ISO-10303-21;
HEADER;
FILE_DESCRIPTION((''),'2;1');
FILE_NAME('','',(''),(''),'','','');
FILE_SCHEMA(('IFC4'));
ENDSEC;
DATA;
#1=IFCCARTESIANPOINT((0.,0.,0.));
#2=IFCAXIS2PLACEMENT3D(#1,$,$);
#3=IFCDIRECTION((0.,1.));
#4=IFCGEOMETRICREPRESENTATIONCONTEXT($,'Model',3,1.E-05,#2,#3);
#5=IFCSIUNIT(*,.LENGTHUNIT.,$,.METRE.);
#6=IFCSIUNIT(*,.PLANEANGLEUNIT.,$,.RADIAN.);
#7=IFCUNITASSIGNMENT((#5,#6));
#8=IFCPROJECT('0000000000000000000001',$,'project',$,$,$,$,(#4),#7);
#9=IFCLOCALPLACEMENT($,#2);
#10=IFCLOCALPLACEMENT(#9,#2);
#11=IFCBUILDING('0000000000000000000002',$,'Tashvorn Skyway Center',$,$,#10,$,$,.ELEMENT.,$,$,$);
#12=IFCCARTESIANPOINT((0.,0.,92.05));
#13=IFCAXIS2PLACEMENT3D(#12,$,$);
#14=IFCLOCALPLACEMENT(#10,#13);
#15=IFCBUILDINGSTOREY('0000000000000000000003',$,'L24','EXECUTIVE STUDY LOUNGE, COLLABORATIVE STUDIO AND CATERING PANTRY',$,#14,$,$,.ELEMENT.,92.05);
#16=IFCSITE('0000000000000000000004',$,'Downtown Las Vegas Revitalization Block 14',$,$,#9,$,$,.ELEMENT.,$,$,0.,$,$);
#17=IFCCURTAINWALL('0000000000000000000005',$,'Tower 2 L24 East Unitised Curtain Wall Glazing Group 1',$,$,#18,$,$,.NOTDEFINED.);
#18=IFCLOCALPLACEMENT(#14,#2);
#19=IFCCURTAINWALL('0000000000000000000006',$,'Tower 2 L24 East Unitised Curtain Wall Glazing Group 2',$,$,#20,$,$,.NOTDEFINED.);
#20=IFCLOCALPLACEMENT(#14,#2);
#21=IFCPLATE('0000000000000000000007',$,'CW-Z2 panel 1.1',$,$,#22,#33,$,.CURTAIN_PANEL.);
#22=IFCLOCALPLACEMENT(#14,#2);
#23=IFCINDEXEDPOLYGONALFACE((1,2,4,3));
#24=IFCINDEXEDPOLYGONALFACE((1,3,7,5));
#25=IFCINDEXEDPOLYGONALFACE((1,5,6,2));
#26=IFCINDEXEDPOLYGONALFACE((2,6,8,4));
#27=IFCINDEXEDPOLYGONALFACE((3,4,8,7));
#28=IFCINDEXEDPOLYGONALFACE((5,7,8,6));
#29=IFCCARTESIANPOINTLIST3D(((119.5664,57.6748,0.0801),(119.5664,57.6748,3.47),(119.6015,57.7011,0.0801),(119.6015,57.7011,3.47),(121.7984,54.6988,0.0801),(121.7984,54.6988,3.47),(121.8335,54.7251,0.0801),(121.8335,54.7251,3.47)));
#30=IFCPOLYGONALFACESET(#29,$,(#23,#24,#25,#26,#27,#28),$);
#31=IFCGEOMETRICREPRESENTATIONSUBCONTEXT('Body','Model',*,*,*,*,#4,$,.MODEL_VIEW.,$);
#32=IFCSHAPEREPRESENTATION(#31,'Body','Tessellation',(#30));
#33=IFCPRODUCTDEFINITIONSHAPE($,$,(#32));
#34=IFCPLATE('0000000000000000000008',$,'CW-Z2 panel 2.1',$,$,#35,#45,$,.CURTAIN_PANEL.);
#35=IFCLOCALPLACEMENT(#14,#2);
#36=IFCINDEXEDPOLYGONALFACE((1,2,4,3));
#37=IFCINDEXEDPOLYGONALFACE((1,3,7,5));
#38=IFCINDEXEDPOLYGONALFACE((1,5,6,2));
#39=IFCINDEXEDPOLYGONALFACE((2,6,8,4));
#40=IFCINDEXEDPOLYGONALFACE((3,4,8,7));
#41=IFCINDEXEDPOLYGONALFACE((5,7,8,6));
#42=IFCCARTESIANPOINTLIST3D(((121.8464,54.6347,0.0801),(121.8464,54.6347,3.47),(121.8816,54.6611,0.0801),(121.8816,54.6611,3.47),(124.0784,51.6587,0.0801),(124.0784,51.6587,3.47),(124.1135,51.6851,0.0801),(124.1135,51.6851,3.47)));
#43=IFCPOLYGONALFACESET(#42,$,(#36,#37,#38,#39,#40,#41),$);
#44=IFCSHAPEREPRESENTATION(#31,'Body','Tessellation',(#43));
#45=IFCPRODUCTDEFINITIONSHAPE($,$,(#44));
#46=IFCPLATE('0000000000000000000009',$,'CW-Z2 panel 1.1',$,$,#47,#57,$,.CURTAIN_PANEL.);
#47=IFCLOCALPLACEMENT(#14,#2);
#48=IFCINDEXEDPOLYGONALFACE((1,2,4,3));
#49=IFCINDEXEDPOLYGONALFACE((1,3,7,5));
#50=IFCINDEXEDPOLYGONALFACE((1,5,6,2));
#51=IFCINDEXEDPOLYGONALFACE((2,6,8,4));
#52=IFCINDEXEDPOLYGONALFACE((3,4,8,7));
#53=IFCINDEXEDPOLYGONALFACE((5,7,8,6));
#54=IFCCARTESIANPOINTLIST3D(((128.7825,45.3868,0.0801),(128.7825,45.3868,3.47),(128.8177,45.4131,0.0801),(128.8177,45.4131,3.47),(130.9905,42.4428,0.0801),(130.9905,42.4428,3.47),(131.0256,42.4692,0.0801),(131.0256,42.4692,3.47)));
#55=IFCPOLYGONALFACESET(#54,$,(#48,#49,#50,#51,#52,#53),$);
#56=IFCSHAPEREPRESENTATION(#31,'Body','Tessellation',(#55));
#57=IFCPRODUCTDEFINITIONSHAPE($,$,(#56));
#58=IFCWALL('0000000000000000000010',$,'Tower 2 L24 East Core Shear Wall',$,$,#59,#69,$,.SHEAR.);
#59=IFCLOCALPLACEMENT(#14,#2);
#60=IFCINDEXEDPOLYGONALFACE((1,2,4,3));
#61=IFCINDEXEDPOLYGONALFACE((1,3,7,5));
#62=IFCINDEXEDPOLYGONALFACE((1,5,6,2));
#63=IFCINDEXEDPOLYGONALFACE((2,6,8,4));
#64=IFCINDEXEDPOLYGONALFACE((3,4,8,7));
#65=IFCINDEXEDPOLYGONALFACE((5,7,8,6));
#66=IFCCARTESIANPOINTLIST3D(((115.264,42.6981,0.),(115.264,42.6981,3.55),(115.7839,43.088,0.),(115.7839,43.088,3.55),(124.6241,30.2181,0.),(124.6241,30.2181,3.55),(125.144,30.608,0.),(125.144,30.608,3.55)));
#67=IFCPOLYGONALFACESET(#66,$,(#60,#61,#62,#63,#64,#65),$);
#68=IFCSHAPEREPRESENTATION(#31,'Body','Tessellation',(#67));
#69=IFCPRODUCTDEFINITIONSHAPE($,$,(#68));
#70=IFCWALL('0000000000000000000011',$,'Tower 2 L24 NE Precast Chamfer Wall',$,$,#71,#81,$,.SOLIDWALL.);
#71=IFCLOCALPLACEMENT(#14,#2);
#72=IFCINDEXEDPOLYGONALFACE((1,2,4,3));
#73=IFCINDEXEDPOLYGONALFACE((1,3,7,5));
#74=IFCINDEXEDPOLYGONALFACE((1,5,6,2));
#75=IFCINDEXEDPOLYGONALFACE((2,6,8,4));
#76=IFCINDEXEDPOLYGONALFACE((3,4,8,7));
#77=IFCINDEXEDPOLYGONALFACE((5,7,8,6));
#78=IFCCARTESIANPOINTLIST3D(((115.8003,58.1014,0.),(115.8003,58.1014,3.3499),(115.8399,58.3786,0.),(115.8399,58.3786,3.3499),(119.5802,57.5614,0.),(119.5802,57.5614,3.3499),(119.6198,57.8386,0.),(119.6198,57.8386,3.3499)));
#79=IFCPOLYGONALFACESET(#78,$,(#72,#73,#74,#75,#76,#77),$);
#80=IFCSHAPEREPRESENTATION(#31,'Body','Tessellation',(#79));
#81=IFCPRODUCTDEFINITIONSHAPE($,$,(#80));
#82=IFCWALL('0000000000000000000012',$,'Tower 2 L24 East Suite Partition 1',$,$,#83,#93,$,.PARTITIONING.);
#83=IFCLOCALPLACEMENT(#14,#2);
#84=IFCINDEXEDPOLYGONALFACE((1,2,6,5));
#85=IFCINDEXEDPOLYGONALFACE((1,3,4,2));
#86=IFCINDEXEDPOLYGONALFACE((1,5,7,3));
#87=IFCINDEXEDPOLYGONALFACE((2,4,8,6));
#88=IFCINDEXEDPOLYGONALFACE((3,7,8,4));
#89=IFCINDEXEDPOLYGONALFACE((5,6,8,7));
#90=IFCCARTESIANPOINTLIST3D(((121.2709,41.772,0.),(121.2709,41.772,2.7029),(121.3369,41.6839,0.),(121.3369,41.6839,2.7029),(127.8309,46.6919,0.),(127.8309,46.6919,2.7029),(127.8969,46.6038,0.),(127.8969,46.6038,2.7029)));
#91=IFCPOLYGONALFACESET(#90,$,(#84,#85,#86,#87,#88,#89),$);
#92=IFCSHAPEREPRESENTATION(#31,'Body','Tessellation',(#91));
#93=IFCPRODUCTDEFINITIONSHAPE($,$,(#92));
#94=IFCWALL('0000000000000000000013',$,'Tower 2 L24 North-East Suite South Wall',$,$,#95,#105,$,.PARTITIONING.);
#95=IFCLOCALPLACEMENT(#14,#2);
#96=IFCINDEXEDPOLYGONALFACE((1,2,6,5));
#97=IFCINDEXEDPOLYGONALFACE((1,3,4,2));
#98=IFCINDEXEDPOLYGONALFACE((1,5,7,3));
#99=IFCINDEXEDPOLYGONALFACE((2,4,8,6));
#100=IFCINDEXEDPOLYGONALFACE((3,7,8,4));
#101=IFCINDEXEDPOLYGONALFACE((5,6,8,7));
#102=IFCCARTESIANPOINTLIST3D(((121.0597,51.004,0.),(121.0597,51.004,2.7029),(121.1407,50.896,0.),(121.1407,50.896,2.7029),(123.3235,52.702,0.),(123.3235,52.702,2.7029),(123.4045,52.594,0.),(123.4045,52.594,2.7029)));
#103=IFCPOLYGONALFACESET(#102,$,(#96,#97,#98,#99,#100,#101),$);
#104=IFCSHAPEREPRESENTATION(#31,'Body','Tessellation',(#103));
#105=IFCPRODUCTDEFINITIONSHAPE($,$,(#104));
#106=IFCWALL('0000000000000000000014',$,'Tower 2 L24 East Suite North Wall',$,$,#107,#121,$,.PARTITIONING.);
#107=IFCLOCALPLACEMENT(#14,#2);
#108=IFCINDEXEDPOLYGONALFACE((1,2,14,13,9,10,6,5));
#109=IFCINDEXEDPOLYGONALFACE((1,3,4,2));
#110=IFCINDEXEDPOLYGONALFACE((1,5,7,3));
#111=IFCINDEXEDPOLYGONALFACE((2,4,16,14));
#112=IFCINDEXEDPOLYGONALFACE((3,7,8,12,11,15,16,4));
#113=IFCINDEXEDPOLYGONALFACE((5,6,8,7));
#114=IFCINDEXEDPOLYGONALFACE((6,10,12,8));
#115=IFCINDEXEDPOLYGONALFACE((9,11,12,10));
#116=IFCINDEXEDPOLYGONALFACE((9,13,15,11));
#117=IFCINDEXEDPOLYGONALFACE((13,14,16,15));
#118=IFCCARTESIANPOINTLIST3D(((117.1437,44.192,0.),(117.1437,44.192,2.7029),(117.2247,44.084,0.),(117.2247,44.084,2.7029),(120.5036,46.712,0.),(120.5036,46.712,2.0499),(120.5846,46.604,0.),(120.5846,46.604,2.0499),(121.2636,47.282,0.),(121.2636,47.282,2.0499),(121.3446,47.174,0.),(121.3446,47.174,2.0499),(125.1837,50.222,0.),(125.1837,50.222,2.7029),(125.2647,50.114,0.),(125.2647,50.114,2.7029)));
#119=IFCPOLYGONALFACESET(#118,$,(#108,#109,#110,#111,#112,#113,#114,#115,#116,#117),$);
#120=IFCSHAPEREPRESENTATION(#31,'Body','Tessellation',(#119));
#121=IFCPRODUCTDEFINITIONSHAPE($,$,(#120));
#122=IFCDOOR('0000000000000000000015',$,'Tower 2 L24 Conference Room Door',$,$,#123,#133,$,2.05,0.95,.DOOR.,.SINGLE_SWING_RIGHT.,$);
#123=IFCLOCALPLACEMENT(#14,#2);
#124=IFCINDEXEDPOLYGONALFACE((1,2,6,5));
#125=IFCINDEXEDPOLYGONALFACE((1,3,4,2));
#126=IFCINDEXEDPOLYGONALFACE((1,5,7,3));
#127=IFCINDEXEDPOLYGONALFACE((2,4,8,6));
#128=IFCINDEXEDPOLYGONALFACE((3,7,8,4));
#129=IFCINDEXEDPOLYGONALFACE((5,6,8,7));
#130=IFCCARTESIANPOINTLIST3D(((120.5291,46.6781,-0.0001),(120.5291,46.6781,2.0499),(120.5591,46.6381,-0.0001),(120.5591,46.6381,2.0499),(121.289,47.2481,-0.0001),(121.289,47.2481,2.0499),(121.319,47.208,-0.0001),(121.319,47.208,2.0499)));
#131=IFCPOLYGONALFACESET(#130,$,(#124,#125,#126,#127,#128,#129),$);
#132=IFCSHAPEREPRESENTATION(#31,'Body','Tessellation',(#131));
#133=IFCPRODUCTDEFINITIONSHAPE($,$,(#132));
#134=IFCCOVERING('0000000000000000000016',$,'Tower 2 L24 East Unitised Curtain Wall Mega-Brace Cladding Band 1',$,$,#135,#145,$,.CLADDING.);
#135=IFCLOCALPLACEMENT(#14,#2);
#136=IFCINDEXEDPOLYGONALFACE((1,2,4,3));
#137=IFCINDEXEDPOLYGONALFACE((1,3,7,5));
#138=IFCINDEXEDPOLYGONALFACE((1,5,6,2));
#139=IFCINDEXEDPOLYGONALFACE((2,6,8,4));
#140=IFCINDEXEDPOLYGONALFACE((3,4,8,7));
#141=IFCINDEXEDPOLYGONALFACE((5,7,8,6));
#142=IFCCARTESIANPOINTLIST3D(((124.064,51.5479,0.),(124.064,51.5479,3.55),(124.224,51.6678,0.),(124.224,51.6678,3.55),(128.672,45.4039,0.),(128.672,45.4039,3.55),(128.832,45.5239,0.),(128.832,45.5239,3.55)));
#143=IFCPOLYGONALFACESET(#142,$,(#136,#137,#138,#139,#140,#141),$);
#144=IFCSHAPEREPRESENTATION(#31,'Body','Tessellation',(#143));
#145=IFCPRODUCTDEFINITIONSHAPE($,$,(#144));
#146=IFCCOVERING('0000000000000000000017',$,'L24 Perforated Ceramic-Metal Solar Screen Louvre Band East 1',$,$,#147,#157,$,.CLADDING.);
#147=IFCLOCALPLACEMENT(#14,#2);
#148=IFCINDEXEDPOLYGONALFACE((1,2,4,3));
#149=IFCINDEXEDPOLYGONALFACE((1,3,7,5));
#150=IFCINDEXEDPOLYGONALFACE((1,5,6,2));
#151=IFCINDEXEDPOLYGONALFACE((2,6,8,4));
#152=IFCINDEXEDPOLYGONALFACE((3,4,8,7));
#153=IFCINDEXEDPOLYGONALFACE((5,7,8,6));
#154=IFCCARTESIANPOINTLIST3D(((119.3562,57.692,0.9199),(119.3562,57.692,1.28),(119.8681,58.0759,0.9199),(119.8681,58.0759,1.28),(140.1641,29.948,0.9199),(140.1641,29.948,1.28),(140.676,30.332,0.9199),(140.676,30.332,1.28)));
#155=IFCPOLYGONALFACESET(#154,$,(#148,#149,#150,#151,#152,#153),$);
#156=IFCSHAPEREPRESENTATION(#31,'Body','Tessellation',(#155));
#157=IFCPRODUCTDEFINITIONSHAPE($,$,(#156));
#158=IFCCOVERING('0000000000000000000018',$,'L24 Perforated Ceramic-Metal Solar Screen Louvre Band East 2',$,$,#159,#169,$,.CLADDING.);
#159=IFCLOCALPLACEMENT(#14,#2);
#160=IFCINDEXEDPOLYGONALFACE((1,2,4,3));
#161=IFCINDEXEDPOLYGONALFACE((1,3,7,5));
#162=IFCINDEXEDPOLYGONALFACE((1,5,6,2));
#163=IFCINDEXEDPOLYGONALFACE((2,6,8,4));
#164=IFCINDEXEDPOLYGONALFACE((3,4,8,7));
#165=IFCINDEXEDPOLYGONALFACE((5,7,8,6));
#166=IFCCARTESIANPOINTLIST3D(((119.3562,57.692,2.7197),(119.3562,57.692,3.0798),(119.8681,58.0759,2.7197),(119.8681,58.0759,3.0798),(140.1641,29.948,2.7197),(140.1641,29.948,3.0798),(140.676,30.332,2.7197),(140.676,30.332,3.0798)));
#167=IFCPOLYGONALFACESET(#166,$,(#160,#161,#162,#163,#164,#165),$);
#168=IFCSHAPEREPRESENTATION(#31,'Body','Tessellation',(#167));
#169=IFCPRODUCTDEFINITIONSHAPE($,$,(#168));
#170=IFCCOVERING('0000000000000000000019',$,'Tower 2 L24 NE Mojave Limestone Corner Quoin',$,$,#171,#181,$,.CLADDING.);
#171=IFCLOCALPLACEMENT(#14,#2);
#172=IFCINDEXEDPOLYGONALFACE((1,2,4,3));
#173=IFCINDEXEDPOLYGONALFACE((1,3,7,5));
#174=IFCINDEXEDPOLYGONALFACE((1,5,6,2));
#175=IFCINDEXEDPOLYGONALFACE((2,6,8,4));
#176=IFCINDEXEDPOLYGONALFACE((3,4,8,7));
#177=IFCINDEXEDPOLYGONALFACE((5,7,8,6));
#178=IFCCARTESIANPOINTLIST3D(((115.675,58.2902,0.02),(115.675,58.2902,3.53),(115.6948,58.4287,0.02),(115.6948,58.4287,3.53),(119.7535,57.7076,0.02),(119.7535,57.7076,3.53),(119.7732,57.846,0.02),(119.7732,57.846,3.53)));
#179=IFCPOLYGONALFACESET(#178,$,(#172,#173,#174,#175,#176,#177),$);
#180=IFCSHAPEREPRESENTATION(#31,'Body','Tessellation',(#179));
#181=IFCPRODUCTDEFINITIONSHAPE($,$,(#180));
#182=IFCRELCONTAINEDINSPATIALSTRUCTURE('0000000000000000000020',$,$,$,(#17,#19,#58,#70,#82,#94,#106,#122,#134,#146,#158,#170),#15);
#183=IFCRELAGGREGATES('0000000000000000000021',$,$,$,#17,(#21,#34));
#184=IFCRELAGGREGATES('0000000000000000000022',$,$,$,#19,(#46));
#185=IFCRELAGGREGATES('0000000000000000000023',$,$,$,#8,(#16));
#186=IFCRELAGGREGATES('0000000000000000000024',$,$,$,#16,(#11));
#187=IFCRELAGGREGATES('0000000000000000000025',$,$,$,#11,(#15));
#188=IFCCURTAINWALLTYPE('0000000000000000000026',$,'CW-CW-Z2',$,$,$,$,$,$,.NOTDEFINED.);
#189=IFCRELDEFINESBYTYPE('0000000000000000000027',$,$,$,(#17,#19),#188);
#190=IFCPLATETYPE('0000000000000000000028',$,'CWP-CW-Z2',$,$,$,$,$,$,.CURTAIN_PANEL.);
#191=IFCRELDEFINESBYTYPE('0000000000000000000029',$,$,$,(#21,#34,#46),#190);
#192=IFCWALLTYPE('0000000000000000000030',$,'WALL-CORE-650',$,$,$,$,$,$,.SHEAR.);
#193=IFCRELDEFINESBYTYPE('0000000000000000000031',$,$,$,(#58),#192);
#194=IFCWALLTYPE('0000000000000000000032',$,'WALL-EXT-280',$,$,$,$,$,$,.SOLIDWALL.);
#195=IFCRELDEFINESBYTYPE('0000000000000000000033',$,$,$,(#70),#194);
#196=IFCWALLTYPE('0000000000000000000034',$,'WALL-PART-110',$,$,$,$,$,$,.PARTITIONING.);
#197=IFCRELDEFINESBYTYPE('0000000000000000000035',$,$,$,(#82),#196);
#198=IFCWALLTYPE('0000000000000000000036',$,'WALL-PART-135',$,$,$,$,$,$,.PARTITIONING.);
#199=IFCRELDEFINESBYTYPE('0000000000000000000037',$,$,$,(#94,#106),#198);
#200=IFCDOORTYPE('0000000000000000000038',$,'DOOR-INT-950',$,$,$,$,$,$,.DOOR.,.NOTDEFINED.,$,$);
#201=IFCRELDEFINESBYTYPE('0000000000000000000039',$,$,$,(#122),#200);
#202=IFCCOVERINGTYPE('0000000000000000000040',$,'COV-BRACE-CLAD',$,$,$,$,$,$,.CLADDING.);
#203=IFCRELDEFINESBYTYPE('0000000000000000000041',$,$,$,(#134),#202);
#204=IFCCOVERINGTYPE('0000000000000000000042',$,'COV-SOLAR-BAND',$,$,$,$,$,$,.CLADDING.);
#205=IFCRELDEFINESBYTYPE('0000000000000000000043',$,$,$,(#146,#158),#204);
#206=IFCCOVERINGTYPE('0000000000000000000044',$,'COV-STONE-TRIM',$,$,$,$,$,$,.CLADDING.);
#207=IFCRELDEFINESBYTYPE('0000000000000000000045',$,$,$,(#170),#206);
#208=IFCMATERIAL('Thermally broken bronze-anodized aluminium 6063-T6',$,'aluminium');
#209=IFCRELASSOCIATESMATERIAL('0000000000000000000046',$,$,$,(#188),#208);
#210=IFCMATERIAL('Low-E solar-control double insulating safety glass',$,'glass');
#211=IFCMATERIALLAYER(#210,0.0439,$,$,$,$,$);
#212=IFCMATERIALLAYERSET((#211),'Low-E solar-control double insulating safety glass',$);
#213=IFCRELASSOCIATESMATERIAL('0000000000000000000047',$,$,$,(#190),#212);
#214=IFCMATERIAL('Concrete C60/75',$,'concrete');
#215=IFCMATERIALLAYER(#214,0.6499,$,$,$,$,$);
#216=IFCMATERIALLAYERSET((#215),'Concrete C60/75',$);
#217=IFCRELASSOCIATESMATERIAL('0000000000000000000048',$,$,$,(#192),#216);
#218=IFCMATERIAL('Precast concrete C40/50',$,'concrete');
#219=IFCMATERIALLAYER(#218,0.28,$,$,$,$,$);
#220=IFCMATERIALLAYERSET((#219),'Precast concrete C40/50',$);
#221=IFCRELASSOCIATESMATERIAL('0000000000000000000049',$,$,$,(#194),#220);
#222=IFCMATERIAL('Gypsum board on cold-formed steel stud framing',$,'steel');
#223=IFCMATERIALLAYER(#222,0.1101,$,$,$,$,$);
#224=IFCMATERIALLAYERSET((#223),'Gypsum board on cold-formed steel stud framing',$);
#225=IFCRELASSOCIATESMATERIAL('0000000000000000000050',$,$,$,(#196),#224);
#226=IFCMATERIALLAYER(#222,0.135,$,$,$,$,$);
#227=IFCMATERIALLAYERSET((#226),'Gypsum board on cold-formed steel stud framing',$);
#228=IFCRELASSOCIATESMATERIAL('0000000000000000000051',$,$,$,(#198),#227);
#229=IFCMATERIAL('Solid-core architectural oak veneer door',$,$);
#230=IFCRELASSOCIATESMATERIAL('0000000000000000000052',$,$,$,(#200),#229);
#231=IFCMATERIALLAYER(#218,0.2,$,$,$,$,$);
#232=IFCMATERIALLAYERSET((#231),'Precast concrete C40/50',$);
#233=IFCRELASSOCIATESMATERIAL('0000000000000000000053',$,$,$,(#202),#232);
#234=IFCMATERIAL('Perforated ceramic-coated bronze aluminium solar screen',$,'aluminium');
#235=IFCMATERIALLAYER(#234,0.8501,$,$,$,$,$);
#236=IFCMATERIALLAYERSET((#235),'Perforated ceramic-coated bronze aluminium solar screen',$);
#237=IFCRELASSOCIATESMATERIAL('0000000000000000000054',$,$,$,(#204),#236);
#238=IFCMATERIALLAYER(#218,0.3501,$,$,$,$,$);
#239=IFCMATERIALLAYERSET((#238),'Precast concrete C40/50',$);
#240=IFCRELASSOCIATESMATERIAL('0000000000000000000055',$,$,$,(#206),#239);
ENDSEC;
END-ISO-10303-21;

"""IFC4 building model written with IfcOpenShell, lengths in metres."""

from ifc_helpers import new_model, si_unit, direction, frame, frame_2d, origin, origin_2d, place, context, subcontext, project, spatial, rectangle, extrude, material, layer, layer_set, type_object, element, fill, aggregate, save


model = new_model("IFC4")

# Units and contexts
model_context = context("Model", 3, precision=1e-05, world=origin(), true_north=direction((0.0, 1.0)))
body_context = subcontext(model_context, "Body", "Model", "MODEL_VIEW")
ifc_project = project(units=[si_unit("LENGTHUNIT", "METRE"), si_unit("PLANEANGLEUNIT", "RADIAN")], contexts=[model_context])

# Site, building, storey
site_placement = place(None, origin())
site = spatial("IfcSite", under=ifc_project, at=site_placement, Name="Downtown Las Vegas Revitalization Block 14", CompositionType="ELEMENT", RefElevation=0.0)
building_placement = place(site_placement, origin())
building = spatial("IfcBuilding", under=site, at=building_placement, Name="Tashvorn Skyway Center", CompositionType="ELEMENT")
storey_placement = place(building_placement, frame((0.0, 0.0, 92.05)))
storey = spatial("IfcBuildingStorey", under=building, at=storey_placement, Name="L24", Description="EXECUTIVE STUDY LOUNGE, COLLABORATIVE STUDIO AND CATERING PANTRY", CompositionType="ELEMENT", Elevation=92.05)

# Shared definitions
ifc_material_1 = material(Name="Thermally broken bronze-anodized aluminium 6063-T6", Category="aluminium")
curtain_wall_type = type_object("IfcCurtainWallType", Name="CW-CW-Z2", PredefinedType="NOTDEFINED", material=ifc_material_1)

# Curtain walls
curtain_wall_1_placement = place(storey_placement, origin())
curtain_wall_1 = element("IfcCurtainWall", 1, at=curtain_wall_1_placement, inside=storey, type_object=curtain_wall_type, Name="Tower 2 L24 East Unitised Curtain Wall Glazing Group 1", PredefinedType="NOTDEFINED")
curtain_wall_2_placement = place(storey_placement, origin())
curtain_wall_2 = element("IfcCurtainWall", 2, at=curtain_wall_2_placement, inside=storey, type_object=curtain_wall_type, Name="Tower 2 L24 East Unitised Curtain Wall Glazing Group 2", PredefinedType="NOTDEFINED")

# Plates
ifc_material_2 = material(Name="Low-E solar-control double insulating safety glass", Category="glass")
ifc_layer_1 = layer(ifc_material_2, 0.0439)
ifc_layer_set_1 = layer_set([ifc_layer_1], Name="Low-E solar-control double insulating safety glass")
plate_type = type_object("IfcPlateType", Name="CWP-CW-Z2", PredefinedType="CURTAIN_PANEL", material=ifc_layer_set_1)
plate_1_placement = place(storey_placement, frame((120.7, 56.2, 0.0801), z_axis=(0.0, 0.0, 1.0), x_axis=(0.6, -0.8, 0.0)))
plate_1 = element("IfcPlate", 3, at=plate_1_placement, type_object=plate_type, Name="CW-Z2 panel 1.1", PredefinedType="CURTAIN_PANEL", context=body_context, shape_type="SweptSolid", body=[
    extrude(rectangle(XDim=3.72, YDim=0.0439, at=origin_2d()), origin(), (0.0, 0.0, 1.0), 3.3899),
])
plate_2_placement = place(storey_placement, frame((122.98, 53.1599, 0.0801), z_axis=(0.0, 0.0, 1.0), x_axis=(0.6, -0.8, 0.0)))
plate_2 = element("IfcPlate", 4, at=plate_2_placement, type_object=plate_type, Name="CW-Z2 panel 2.1", PredefinedType="CURTAIN_PANEL", context=body_context, shape_type="SweptSolid", body=[
    extrude(rectangle(XDim=3.72, YDim=0.0439, at=origin_2d()), origin(), (0.0, 0.0, 1.0), 3.3899),
])
aggregate(curtain_wall_1, [plate_1, plate_2])
plate_3_placement = place(storey_placement, frame((129.9041, 43.928, 0.0801), z_axis=(0.0, 0.0, 1.0), x_axis=(0.6, -0.8, 0.0)))
plate_3 = element("IfcPlate", 5, at=plate_3_placement, type_object=plate_type, Name="CW-Z2 panel 1.1", PredefinedType="CURTAIN_PANEL", context=body_context, shape_type="SweptSolid", body=[
    extrude(rectangle(XDim=3.6799, YDim=0.0439, at=origin_2d()), origin(), (0.0, 0.0, 1.0), 3.3899),
])
aggregate(curtain_wall_2, [plate_3])

# Walls
ifc_material_3 = material(Name="Concrete C60/75", Category="concrete")
ifc_layer_2 = layer(ifc_material_3, 0.6499)
ifc_layer_set_2 = layer_set([ifc_layer_2], Name="Concrete C60/75")
wall_type_1 = type_object("IfcWallType", Name="WALL-CORE-650", PredefinedType="SHEAR", material=ifc_layer_set_2)
wall_1_placement = place(storey_placement, frame((115.5239, 42.8931, 0.0), z_axis=(0.0, 0.0, 1.0), x_axis=(0.600005, -0.799996, 0.0)))
element("IfcWall", 6, at=wall_1_placement, inside=storey, type_object=wall_type_1, Name="Tower 2 L24 East Core Shear Wall", PredefinedType="SHEAR", context=body_context, shape_type="SweptSolid", body=[
    extrude(rectangle(XDim=15.6001, YDim=0.6499, at=frame_2d((7.8, 0.0))), origin(), (0.0, 0.0, 1.0), 3.55),
])
ifc_material_4 = material(Name="Precast concrete C40/50", Category="concrete")
ifc_layer_3 = layer(ifc_material_4, 0.28)
ifc_layer_set_3 = layer_set([ifc_layer_3], Name="Precast concrete C40/50")
wall_type_2 = type_object("IfcWallType", Name="WALL-EXT-280", PredefinedType="SOLIDWALL", material=ifc_layer_set_3)
wall_2_placement = place(storey_placement, frame((115.8201, 58.24, 0.0), z_axis=(0.0, 0.0, 1.0), x_axis=(0.989948, -0.14143, 0.0)))
element("IfcWall", 7, at=wall_2_placement, inside=storey, type_object=wall_type_2, Name="Tower 2 L24 NE Precast Chamfer Wall", PredefinedType="SOLIDWALL", context=body_context, shape_type="SweptSolid", body=[
    extrude(rectangle(XDim=3.8184, YDim=0.28, at=frame_2d((1.9092, 0.0))), origin(), (0.0, 0.0, 1.0), 3.3499),
])
ifc_material_5 = material(Name="Gypsum board on cold-formed steel stud framing", Category="steel")
ifc_layer_4 = layer(ifc_material_5, 0.1101)
ifc_layer_set_4 = layer_set([ifc_layer_4], Name="Gypsum board on cold-formed steel stud framing")
wall_type_3 = type_object("IfcWallType", Name="WALL-PART-110", PredefinedType="PARTITIONING", material=ifc_layer_set_4)
wall_3_placement = place(storey_placement, frame((127.864, 46.6479, 0.0), z_axis=(0.0, 0.0, 1.0), x_axis=(-0.800007, -0.59999, 0.0)))
element("IfcWall", 8, at=wall_3_placement, inside=storey, type_object=wall_type_3, Name="Tower 2 L24 East Suite Partition 1", PredefinedType="PARTITIONING", context=body_context, shape_type="SweptSolid", body=[
    extrude(rectangle(XDim=8.2, YDim=0.1101, at=frame_2d((4.1001, 0.0))), origin(), (0.0, 0.0, 1.0), 2.7029),
])
ifc_layer_5 = layer(ifc_material_5, 0.135)
ifc_layer_set_5 = layer_set([ifc_layer_5], Name="Gypsum board on cold-formed steel stud framing")
wall_type_4 = type_object("IfcWallType", Name="WALL-PART-135", PredefinedType="PARTITIONING", material=ifc_layer_set_5)
wall_4_placement = place(storey_placement, frame((121.1001, 50.95, 0.0), z_axis=(0.0, 0.0, 1.0), x_axis=(0.79999, 0.600014, 0.0)))
element("IfcWall", 9, at=wall_4_placement, inside=storey, type_object=wall_type_4, Name="Tower 2 L24 North-East Suite South Wall", PredefinedType="PARTITIONING", context=body_context, shape_type="SweptSolid", body=[
    extrude(rectangle(XDim=2.8298, YDim=0.135, at=frame_2d((1.415, 0.0))), origin(), (0.0, 0.0, 1.0), 2.7029),
])

# Wall, opening, door
wall_5_placement = place(storey_placement, frame((125.2241, 50.168, 0.0), z_axis=(0.0, 0.0, 1.0), x_axis=(-0.8, -0.6, 0.0)))
wall_5 = element("IfcWall", 10, at=wall_5_placement, inside=storey, type_object=wall_type_4, Name="Tower 2 L24 East Suite North Wall", PredefinedType="PARTITIONING", context=body_context, shape_type="SweptSolid", body=[
    extrude(rectangle(XDim=10.05, YDim=0.135, at=frame_2d((5.0249, 0.0))), origin(), (0.0, 0.0, 1.0), 2.7029),
])
opening_placement = place(wall_5_placement, frame((4.8999, 0.0, 0.0)))
opening = element("IfcOpeningElement", 11, at=opening_placement, cuts=wall_5, PredefinedType="OPENING", context=body_context, shape_type="SweptSolid", body=[
    extrude(rectangle(XDim=0.95, YDim=2.05, at=frame_2d((0.4751, 1.0249))), frame((0.0, 0.0774, 0.0), z_axis=(0.0, -1.0, 0.0), x_axis=(1.0, 0.0, 0.0)), (0.0, 0.0, 1.0), 0.155),
])
ifc_material_6 = material(Name="Solid-core architectural oak veneer door")
door_type = type_object("IfcDoorType", Name="DOOR-INT-950", OperationType="NOTDEFINED", PredefinedType="DOOR", material=ifc_material_6)
door_placement = place(opening_placement, origin())
door = element("IfcDoor", 12, at=door_placement, inside=storey, type_object=door_type, Name="Tower 2 L24 Conference Room Door", OperationType="SINGLE_SWING_RIGHT", OverallHeight=2.05, OverallWidth=0.95, PredefinedType="DOOR", context=body_context, shape_type="SweptSolid", body=[
    extrude(rectangle(XDim=0.95, YDim=2.05, at=frame_2d((0.4751, 1.0249))), frame((0.0, 0.0249, 0.0), z_axis=(0.0, -1.0, 0.0), x_axis=(1.0, 0.0, 0.0)), (0.0, 0.0, 1.0), 0.05),
])
fill(opening, door)

# Coverings
ifc_layer_6 = layer(ifc_material_4, 0.2)
ifc_layer_set_6 = layer_set([ifc_layer_6], Name="Precast concrete C40/50")
covering_type_1 = type_object("IfcCoveringType", Name="COV-BRACE-CLAD", PredefinedType="CLADDING", material=ifc_layer_set_6)
covering_1_placement = place(storey_placement, frame((126.448, 48.5359, 0.0), z_axis=(0.0, 0.0, 1.0), x_axis=(0.6, -0.8, 0.0)))
element("IfcCovering", 13, at=covering_1_placement, inside=storey, type_object=covering_type_1, Name="Tower 2 L24 East Unitised Curtain Wall Mega-Brace Cladding Band 1", PredefinedType="CLADDING", context=body_context, shape_type="SweptSolid", body=[
    extrude(rectangle(XDim=7.6799, YDim=0.2, at=origin_2d()), origin(), (0.0, 0.0, 1.0), 3.55),
])
ifc_material_7 = material(Name="Perforated ceramic-coated bronze aluminium solar screen", Category="aluminium")
ifc_layer_7 = layer(ifc_material_7, 0.8501)
ifc_layer_set_7 = layer_set([ifc_layer_7], Name="Perforated ceramic-coated bronze aluminium solar screen")
covering_type_2 = type_object("IfcCoveringType", Name="COV-SOLAR-BAND", PredefinedType="CLADDING", material=ifc_layer_set_7)
for number, where, z_axis, x_axis, name in (
    (14, (130.0161, 44.012, 0.9199), (0.0, 0.0, 1.0), (0.6, -0.8, 0.0), "L24 Perforated Ceramic-Metal Solar Screen Louvre Band East 1"),
    (15, (130.0161, 44.012, 2.7197), (0.0, 0.0, 1.0), (0.6, -0.8, 0.0), "L24 Perforated Ceramic-Metal Solar Screen Louvre Band East 2"),
):
    element("IfcCovering", number, at=place(storey_placement, frame(where, z_axis=z_axis, x_axis=x_axis)), inside=storey, type_object=covering_type_2, Name=name, PredefinedType="CLADDING", context=body_context, shape_type="SweptSolid", body=[
        extrude(rectangle(XDim=34.6799, YDim=0.6399, at=origin_2d()), origin(), (0.0, 0.0, 1.0), 0.3601),
    ])
ifc_layer_8 = layer(ifc_material_4, 0.3501)
ifc_layer_set_8 = layer_set([ifc_layer_8], Name="Precast concrete C40/50")
covering_type_3 = type_object("IfcCoveringType", Name="COV-STONE-TRIM", PredefinedType="CLADDING", material=ifc_layer_set_8)
covering_2_placement = place(storey_placement, frame((117.7241, 58.0681, 0.02), z_axis=(0.0, 0.0, 1.0), x_axis=(0.989949, -0.141421, 0.0)))
element("IfcCovering", 16, at=covering_2_placement, inside=storey, type_object=covering_type_3, Name="Tower 2 L24 NE Mojave Limestone Corner Quoin", PredefinedType="CLADDING", context=body_context, shape_type="SweptSolid", body=[
    extrude(rectangle(XDim=4.1199, YDim=0.1399, at=origin_2d()), origin(), (0.0, 0.0, 1.0), 3.51),
])

save(model, "model.ifc")
